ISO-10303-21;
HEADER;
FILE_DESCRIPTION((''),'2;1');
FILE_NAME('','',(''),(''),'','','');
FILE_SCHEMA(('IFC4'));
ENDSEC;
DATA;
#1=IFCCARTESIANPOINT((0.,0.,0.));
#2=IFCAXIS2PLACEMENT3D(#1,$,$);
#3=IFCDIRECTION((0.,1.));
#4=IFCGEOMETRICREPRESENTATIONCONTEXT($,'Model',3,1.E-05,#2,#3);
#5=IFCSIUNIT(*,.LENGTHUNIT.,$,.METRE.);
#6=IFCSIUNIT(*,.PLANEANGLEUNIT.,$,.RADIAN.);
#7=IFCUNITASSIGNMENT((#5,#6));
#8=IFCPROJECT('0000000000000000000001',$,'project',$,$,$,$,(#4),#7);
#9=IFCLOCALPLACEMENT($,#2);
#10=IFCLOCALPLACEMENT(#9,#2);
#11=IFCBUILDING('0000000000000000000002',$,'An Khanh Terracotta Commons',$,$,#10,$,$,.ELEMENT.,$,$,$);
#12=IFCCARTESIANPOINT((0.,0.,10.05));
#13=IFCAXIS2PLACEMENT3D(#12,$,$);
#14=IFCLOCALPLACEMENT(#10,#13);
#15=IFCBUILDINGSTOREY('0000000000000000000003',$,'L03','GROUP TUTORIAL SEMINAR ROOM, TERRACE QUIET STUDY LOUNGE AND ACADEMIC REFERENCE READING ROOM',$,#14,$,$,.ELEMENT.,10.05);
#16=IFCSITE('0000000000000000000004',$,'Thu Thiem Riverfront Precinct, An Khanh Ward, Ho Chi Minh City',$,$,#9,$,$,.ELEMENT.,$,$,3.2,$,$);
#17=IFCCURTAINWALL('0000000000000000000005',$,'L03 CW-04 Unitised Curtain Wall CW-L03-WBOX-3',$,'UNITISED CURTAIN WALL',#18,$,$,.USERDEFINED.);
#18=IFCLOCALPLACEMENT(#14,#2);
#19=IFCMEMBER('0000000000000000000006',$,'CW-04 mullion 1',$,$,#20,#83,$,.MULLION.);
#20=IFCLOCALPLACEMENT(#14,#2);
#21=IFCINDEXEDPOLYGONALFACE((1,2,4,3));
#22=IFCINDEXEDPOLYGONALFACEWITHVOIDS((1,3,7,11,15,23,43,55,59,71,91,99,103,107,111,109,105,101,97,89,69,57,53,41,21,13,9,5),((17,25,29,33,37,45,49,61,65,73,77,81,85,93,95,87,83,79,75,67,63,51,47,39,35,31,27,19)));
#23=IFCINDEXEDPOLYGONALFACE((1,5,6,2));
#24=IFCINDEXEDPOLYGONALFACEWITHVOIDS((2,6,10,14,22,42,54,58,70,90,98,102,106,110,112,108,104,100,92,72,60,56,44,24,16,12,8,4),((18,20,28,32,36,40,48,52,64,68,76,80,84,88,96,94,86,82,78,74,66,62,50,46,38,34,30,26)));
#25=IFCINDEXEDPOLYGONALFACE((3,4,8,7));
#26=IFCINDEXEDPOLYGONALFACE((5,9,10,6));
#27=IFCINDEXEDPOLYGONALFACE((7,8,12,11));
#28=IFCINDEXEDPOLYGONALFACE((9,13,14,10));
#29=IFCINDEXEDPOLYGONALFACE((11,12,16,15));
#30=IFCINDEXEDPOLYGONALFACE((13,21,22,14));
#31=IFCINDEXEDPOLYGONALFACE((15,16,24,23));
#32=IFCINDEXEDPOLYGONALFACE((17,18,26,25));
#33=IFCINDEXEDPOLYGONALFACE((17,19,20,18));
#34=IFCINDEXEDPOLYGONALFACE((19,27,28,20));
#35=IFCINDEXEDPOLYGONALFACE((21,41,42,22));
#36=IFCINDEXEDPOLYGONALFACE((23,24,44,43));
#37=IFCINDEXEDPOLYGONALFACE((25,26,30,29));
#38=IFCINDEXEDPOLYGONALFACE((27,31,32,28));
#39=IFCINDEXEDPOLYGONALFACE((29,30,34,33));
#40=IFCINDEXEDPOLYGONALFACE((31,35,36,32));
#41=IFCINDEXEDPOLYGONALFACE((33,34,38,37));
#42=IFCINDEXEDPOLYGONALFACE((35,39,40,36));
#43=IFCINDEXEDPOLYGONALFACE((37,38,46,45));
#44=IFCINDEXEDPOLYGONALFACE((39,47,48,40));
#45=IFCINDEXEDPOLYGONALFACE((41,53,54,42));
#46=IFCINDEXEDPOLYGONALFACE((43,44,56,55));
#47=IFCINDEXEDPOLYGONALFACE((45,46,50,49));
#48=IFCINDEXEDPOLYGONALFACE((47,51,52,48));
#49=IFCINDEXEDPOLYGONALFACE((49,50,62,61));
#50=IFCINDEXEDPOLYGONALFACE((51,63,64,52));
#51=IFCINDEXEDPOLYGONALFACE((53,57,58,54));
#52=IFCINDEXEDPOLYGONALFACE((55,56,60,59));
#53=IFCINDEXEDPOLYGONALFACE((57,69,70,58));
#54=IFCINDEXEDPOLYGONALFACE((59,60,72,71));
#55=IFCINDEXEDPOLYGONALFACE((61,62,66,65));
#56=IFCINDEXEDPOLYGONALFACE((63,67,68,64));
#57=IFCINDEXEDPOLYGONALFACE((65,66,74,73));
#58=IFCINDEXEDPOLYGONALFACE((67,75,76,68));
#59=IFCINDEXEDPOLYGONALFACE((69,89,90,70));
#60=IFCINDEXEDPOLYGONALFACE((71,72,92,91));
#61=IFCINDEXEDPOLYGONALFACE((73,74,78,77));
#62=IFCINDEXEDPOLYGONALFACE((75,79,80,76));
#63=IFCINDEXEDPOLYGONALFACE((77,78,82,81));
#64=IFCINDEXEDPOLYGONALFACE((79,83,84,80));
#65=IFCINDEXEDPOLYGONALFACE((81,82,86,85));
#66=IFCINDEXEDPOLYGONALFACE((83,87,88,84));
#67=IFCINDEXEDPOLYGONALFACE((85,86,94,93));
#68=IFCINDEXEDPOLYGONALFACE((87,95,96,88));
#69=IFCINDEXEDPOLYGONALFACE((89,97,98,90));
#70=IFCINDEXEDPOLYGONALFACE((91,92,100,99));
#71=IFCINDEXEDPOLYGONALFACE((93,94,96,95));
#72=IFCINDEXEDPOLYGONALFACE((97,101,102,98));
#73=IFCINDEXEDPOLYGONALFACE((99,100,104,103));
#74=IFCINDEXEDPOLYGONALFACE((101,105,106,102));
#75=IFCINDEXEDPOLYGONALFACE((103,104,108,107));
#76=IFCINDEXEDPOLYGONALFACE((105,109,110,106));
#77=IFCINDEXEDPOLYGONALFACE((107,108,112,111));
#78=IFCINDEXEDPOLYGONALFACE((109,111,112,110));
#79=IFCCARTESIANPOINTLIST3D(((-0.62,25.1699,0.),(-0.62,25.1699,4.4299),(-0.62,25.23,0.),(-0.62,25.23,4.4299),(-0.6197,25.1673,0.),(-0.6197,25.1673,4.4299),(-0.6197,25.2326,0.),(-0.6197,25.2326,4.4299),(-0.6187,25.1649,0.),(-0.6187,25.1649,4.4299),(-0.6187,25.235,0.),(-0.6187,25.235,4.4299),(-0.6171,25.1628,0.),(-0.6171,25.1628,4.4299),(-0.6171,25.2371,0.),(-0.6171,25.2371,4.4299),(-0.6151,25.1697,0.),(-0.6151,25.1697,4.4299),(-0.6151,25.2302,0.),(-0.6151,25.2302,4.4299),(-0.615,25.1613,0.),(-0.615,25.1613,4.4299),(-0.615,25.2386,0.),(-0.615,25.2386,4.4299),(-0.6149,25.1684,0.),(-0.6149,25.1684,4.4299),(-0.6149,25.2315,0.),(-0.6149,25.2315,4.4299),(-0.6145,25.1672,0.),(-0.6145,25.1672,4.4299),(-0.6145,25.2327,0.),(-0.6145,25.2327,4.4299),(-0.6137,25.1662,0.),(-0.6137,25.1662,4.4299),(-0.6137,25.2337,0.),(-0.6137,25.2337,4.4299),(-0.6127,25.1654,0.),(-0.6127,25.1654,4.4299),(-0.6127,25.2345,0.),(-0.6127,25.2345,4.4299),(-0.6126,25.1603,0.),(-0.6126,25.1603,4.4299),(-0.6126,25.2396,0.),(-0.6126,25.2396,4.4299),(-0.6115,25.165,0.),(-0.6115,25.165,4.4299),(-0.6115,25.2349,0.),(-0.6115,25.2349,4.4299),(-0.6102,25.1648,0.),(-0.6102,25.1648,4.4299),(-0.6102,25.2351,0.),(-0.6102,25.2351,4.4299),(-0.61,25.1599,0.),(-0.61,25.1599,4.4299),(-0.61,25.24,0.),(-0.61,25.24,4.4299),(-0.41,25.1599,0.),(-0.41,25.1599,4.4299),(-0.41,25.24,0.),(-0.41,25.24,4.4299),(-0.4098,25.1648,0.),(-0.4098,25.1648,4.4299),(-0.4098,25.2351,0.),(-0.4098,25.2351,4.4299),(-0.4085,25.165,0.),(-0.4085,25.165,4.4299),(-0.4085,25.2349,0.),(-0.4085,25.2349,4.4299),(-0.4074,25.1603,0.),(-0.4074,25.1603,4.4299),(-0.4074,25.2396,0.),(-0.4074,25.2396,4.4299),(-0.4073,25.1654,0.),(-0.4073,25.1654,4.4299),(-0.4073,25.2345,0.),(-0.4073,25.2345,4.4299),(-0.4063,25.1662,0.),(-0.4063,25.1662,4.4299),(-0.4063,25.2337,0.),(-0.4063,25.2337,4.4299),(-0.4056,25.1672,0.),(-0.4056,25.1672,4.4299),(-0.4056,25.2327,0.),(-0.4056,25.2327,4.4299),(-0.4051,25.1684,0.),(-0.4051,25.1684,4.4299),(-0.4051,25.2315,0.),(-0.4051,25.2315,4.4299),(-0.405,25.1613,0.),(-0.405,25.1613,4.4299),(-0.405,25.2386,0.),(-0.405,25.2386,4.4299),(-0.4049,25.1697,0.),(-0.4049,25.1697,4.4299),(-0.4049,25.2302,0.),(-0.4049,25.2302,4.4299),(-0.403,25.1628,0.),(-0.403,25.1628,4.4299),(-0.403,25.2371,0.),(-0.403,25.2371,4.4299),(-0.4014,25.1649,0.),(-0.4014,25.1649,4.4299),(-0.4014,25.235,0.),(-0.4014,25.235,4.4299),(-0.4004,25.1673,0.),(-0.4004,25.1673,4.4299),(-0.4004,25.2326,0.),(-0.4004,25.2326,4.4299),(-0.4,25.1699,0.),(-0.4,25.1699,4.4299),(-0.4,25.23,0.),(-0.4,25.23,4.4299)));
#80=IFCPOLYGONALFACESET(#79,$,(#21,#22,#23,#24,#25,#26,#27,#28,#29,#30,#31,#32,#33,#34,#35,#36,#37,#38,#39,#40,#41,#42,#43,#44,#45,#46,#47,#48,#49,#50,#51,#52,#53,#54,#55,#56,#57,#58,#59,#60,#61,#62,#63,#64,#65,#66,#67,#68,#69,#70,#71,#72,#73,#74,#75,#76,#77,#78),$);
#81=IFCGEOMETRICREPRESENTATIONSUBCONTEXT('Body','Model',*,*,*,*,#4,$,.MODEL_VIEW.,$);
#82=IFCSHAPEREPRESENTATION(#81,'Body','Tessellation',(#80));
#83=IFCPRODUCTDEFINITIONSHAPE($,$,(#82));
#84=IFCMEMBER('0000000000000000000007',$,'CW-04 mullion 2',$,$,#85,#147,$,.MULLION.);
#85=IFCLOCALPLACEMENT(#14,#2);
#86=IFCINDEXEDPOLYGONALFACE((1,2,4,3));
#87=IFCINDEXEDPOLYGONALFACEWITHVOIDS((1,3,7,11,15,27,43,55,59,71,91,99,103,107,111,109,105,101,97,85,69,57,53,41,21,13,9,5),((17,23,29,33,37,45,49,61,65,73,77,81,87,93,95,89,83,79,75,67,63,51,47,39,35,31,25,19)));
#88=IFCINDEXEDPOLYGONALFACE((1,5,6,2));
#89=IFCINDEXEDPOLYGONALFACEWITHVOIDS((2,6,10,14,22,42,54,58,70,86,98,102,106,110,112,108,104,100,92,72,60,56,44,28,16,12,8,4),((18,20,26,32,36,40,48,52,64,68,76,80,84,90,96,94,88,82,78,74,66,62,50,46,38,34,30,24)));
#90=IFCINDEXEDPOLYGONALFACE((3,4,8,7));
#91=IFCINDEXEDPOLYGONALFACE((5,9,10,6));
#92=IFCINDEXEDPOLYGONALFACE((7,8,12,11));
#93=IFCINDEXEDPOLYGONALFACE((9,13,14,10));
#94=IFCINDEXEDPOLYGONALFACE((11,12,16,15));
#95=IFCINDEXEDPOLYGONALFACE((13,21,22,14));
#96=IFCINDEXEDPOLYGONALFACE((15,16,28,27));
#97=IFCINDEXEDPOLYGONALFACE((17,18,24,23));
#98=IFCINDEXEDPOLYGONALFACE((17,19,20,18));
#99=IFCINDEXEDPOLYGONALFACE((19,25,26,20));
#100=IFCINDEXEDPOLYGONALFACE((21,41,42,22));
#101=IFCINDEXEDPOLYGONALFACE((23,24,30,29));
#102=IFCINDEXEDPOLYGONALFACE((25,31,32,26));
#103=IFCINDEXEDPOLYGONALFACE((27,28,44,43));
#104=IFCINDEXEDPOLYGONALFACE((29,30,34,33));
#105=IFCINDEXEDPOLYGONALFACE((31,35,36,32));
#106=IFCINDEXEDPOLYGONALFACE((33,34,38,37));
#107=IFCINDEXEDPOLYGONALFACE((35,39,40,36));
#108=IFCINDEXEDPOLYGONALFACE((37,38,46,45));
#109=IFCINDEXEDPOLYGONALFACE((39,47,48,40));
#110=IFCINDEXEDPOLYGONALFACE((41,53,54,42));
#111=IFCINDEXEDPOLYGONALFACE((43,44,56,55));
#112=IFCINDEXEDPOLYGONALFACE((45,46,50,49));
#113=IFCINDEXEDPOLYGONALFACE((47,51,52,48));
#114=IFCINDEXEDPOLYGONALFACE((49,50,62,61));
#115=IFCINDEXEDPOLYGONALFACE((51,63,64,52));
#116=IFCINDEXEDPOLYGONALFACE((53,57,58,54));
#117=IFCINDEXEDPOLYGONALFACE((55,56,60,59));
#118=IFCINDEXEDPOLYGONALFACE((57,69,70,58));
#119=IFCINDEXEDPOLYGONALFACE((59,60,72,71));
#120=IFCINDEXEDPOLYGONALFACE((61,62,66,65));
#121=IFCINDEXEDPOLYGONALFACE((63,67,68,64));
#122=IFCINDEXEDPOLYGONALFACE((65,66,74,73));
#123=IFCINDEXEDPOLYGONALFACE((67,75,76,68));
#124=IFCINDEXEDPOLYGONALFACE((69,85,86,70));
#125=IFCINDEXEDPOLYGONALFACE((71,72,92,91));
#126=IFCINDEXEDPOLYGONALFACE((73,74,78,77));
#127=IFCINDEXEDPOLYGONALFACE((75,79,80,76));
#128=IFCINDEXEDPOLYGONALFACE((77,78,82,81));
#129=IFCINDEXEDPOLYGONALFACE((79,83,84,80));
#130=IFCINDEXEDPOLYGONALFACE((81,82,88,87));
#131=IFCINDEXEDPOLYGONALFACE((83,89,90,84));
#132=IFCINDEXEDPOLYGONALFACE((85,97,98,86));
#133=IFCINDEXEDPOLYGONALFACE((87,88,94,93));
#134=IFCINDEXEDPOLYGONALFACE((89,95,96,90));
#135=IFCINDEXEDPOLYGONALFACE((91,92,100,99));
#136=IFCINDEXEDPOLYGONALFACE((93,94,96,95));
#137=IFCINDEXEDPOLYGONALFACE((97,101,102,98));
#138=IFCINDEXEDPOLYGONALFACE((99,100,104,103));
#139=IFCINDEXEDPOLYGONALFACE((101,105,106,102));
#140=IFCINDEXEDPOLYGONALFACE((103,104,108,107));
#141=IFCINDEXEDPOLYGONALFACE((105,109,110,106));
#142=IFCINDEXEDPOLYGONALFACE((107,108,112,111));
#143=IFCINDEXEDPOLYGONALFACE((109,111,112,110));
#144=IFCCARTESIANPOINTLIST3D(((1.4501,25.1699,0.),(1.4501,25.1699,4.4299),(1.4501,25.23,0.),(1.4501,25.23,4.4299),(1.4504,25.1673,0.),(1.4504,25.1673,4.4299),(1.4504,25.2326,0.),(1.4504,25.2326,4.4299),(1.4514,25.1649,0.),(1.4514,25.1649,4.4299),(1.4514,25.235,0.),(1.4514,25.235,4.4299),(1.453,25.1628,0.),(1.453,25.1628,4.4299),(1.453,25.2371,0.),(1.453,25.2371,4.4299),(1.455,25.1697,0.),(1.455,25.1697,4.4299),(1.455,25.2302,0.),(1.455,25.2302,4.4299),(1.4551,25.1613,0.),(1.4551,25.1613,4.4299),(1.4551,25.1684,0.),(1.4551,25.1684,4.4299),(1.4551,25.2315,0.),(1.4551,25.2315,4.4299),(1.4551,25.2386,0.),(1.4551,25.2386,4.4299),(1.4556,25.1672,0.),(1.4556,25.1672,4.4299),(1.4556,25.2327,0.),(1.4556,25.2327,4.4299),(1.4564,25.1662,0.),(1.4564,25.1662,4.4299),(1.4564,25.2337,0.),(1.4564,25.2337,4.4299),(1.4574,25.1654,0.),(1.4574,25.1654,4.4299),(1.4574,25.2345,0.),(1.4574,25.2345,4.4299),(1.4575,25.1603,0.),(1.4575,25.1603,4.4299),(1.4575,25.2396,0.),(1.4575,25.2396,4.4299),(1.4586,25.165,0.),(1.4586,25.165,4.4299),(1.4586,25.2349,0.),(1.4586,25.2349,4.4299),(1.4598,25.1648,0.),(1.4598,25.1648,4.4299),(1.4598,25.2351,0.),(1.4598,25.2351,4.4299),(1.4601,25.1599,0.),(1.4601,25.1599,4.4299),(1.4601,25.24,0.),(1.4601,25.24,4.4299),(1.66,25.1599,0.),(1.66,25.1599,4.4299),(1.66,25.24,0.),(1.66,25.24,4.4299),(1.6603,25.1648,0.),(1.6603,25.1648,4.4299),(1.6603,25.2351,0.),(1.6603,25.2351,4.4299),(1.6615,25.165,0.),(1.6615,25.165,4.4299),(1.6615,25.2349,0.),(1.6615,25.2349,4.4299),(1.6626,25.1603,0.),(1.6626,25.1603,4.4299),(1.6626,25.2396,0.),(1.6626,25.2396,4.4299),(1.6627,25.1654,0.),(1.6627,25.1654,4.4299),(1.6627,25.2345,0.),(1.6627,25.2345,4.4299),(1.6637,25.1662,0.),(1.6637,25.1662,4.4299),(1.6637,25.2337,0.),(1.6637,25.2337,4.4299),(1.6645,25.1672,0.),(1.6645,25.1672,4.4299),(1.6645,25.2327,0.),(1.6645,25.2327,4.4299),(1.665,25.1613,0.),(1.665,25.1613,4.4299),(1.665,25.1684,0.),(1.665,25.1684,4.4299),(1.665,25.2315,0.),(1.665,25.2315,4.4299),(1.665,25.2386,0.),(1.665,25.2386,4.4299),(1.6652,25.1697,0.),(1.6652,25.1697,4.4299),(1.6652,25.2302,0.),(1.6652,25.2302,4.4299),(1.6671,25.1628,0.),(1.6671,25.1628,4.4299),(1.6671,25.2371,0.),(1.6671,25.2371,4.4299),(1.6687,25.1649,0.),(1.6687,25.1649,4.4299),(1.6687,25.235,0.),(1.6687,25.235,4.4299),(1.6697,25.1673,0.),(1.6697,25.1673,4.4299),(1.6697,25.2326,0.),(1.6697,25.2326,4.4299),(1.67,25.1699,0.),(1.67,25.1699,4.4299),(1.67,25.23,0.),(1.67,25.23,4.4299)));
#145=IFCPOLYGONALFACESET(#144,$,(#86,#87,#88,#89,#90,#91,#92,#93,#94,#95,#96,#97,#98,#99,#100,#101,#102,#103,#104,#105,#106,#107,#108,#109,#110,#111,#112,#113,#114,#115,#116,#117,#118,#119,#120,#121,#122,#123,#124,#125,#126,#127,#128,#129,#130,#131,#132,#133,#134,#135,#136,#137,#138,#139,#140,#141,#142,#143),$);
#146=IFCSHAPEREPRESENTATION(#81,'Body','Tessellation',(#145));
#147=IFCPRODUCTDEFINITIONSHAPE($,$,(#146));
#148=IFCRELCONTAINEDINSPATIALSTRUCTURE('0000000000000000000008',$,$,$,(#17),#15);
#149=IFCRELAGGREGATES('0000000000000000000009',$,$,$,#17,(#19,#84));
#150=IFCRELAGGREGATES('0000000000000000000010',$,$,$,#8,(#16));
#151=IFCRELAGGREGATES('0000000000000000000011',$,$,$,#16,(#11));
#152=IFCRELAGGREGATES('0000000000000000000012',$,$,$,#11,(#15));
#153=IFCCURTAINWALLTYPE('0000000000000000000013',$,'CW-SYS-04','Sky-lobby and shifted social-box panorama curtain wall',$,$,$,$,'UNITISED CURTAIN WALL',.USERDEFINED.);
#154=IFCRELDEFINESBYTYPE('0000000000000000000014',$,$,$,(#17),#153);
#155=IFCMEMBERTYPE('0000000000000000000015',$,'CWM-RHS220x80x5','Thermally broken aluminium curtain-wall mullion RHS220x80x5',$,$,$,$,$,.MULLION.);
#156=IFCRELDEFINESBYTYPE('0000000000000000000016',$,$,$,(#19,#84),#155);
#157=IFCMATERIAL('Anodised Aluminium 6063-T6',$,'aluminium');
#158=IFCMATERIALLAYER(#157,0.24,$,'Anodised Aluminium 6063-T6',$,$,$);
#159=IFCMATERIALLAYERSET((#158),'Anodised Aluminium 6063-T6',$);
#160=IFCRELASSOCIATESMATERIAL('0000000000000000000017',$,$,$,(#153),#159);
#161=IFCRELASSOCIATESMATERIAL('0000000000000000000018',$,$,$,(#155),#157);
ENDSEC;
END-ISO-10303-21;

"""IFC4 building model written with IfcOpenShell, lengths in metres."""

from ifc_helpers import new_model, si_unit, direction, frame, origin, origin_2d, place, context, subcontext, project, spatial, hollow_rectangle, extrude, material, layer, layer_set, material_profile, profile_set, type_object, element, aggregate, save


model = new_model("IFC4")

# Units and contexts
model_context = context("Model", 3, precision=1e-05, world=origin(), true_north=direction((0.0, 1.0)))
body_context = subcontext(model_context, "Body", "Model", "MODEL_VIEW")
ifc_project = project(units=[si_unit("LENGTHUNIT", "METRE"), si_unit("PLANEANGLEUNIT", "RADIAN")], contexts=[model_context])

# Site, building, storey
site_placement = place(None, origin())
site = spatial("IfcSite", under=ifc_project, at=site_placement, Name="Thu Thiem Riverfront Precinct, An Khanh Ward, Ho Chi Minh City", CompositionType="ELEMENT", RefElevation=3.2)
building_placement = place(site_placement, origin())
building = spatial("IfcBuilding", under=site, at=building_placement, Name="An Khanh Terracotta Commons", CompositionType="ELEMENT")
storey_placement = place(building_placement, frame((0.0, 0.0, 10.05)))
storey = spatial("IfcBuildingStorey", under=building, at=storey_placement, Name="L03", Description="GROUP TUTORIAL SEMINAR ROOM, TERRACE QUIET STUDY LOUNGE AND ACADEMIC REFERENCE READING ROOM", CompositionType="ELEMENT", Elevation=10.05)

# Curtain wall, members
ifc_material_1 = material(Name="Anodised Aluminium 6063-T6", Category="aluminium")
ifc_layer_1 = layer(ifc_material_1, 0.24, Name="Anodised Aluminium 6063-T6")
ifc_layer_set_1 = layer_set([ifc_layer_1], Name="Anodised Aluminium 6063-T6")
curtain_wall_type = type_object("IfcCurtainWallType", Name="CW-SYS-04", Description="Sky-lobby and shifted social-box panorama curtain wall", ElementType="UNITISED CURTAIN WALL", PredefinedType="USERDEFINED", material=ifc_layer_set_1)
curtain_wall_placement = place(storey_placement, origin())
curtain_wall = element("IfcCurtainWall", 1, at=curtain_wall_placement, inside=storey, type_object=curtain_wall_type, Name="L03 CW-04 Unitised Curtain Wall CW-L03-WBOX-3", ObjectType="UNITISED CURTAIN WALL", PredefinedType="USERDEFINED")
ifc_material_profile_1 = material_profile(ifc_material_1, hollow_rectangle(XDim=0.0801, YDim=0.22, WallThickness=0.0049, InnerFilletRadius=0.0049, OuterFilletRadius=0.01, at=origin_2d()), Name="RHS220x80x5")
ifc_profile_set_1 = profile_set([ifc_material_profile_1], Name="Anodised Aluminium 6063-T6")
member_type_1 = type_object("IfcMemberType", Name="CWM-RHS220x80x5", Description="Thermally broken aluminium curtain-wall mullion RHS220x80x5", PredefinedType="MULLION", material=ifc_profile_set_1)
member_1_placement = place(storey_placement, frame((-0.51, 25.2, 0.0), z_axis=(0.0, 0.0, 1.0), x_axis=(0.0, 1.0, 0.0)))
member_1 = element("IfcMember", 2, at=member_1_placement, type_object=member_type_1, Name="CW-04 mullion 1", PredefinedType="MULLION", context=body_context, shape_type="SweptSolid", body=[
    extrude(hollow_rectangle(XDim=0.0801, YDim=0.22, WallThickness=0.0049, InnerFilletRadius=0.0049, OuterFilletRadius=0.01, at=origin_2d()), origin(), (0.0, 0.0, 1.0), 4.4299),
])
member_2_placement = place(storey_placement, frame((1.5601, 25.2, 0.0), z_axis=(0.0, 0.0, 1.0), x_axis=(0.0, 1.0, 0.0)))
member_2 = element("IfcMember", 3, at=member_2_placement, type_object=member_type_1, Name="CW-04 mullion 2", PredefinedType="MULLION", context=body_context, shape_type="SweptSolid", body=[
    extrude(hollow_rectangle(XDim=0.0801, YDim=0.22, WallThickness=0.0049, InnerFilletRadius=0.0049, OuterFilletRadius=0.01, at=origin_2d()), origin(), (0.0, 0.0, 1.0), 4.4299),
])
aggregate(curtain_wall, [member_1, member_2])

save(model, "model.ifc")
